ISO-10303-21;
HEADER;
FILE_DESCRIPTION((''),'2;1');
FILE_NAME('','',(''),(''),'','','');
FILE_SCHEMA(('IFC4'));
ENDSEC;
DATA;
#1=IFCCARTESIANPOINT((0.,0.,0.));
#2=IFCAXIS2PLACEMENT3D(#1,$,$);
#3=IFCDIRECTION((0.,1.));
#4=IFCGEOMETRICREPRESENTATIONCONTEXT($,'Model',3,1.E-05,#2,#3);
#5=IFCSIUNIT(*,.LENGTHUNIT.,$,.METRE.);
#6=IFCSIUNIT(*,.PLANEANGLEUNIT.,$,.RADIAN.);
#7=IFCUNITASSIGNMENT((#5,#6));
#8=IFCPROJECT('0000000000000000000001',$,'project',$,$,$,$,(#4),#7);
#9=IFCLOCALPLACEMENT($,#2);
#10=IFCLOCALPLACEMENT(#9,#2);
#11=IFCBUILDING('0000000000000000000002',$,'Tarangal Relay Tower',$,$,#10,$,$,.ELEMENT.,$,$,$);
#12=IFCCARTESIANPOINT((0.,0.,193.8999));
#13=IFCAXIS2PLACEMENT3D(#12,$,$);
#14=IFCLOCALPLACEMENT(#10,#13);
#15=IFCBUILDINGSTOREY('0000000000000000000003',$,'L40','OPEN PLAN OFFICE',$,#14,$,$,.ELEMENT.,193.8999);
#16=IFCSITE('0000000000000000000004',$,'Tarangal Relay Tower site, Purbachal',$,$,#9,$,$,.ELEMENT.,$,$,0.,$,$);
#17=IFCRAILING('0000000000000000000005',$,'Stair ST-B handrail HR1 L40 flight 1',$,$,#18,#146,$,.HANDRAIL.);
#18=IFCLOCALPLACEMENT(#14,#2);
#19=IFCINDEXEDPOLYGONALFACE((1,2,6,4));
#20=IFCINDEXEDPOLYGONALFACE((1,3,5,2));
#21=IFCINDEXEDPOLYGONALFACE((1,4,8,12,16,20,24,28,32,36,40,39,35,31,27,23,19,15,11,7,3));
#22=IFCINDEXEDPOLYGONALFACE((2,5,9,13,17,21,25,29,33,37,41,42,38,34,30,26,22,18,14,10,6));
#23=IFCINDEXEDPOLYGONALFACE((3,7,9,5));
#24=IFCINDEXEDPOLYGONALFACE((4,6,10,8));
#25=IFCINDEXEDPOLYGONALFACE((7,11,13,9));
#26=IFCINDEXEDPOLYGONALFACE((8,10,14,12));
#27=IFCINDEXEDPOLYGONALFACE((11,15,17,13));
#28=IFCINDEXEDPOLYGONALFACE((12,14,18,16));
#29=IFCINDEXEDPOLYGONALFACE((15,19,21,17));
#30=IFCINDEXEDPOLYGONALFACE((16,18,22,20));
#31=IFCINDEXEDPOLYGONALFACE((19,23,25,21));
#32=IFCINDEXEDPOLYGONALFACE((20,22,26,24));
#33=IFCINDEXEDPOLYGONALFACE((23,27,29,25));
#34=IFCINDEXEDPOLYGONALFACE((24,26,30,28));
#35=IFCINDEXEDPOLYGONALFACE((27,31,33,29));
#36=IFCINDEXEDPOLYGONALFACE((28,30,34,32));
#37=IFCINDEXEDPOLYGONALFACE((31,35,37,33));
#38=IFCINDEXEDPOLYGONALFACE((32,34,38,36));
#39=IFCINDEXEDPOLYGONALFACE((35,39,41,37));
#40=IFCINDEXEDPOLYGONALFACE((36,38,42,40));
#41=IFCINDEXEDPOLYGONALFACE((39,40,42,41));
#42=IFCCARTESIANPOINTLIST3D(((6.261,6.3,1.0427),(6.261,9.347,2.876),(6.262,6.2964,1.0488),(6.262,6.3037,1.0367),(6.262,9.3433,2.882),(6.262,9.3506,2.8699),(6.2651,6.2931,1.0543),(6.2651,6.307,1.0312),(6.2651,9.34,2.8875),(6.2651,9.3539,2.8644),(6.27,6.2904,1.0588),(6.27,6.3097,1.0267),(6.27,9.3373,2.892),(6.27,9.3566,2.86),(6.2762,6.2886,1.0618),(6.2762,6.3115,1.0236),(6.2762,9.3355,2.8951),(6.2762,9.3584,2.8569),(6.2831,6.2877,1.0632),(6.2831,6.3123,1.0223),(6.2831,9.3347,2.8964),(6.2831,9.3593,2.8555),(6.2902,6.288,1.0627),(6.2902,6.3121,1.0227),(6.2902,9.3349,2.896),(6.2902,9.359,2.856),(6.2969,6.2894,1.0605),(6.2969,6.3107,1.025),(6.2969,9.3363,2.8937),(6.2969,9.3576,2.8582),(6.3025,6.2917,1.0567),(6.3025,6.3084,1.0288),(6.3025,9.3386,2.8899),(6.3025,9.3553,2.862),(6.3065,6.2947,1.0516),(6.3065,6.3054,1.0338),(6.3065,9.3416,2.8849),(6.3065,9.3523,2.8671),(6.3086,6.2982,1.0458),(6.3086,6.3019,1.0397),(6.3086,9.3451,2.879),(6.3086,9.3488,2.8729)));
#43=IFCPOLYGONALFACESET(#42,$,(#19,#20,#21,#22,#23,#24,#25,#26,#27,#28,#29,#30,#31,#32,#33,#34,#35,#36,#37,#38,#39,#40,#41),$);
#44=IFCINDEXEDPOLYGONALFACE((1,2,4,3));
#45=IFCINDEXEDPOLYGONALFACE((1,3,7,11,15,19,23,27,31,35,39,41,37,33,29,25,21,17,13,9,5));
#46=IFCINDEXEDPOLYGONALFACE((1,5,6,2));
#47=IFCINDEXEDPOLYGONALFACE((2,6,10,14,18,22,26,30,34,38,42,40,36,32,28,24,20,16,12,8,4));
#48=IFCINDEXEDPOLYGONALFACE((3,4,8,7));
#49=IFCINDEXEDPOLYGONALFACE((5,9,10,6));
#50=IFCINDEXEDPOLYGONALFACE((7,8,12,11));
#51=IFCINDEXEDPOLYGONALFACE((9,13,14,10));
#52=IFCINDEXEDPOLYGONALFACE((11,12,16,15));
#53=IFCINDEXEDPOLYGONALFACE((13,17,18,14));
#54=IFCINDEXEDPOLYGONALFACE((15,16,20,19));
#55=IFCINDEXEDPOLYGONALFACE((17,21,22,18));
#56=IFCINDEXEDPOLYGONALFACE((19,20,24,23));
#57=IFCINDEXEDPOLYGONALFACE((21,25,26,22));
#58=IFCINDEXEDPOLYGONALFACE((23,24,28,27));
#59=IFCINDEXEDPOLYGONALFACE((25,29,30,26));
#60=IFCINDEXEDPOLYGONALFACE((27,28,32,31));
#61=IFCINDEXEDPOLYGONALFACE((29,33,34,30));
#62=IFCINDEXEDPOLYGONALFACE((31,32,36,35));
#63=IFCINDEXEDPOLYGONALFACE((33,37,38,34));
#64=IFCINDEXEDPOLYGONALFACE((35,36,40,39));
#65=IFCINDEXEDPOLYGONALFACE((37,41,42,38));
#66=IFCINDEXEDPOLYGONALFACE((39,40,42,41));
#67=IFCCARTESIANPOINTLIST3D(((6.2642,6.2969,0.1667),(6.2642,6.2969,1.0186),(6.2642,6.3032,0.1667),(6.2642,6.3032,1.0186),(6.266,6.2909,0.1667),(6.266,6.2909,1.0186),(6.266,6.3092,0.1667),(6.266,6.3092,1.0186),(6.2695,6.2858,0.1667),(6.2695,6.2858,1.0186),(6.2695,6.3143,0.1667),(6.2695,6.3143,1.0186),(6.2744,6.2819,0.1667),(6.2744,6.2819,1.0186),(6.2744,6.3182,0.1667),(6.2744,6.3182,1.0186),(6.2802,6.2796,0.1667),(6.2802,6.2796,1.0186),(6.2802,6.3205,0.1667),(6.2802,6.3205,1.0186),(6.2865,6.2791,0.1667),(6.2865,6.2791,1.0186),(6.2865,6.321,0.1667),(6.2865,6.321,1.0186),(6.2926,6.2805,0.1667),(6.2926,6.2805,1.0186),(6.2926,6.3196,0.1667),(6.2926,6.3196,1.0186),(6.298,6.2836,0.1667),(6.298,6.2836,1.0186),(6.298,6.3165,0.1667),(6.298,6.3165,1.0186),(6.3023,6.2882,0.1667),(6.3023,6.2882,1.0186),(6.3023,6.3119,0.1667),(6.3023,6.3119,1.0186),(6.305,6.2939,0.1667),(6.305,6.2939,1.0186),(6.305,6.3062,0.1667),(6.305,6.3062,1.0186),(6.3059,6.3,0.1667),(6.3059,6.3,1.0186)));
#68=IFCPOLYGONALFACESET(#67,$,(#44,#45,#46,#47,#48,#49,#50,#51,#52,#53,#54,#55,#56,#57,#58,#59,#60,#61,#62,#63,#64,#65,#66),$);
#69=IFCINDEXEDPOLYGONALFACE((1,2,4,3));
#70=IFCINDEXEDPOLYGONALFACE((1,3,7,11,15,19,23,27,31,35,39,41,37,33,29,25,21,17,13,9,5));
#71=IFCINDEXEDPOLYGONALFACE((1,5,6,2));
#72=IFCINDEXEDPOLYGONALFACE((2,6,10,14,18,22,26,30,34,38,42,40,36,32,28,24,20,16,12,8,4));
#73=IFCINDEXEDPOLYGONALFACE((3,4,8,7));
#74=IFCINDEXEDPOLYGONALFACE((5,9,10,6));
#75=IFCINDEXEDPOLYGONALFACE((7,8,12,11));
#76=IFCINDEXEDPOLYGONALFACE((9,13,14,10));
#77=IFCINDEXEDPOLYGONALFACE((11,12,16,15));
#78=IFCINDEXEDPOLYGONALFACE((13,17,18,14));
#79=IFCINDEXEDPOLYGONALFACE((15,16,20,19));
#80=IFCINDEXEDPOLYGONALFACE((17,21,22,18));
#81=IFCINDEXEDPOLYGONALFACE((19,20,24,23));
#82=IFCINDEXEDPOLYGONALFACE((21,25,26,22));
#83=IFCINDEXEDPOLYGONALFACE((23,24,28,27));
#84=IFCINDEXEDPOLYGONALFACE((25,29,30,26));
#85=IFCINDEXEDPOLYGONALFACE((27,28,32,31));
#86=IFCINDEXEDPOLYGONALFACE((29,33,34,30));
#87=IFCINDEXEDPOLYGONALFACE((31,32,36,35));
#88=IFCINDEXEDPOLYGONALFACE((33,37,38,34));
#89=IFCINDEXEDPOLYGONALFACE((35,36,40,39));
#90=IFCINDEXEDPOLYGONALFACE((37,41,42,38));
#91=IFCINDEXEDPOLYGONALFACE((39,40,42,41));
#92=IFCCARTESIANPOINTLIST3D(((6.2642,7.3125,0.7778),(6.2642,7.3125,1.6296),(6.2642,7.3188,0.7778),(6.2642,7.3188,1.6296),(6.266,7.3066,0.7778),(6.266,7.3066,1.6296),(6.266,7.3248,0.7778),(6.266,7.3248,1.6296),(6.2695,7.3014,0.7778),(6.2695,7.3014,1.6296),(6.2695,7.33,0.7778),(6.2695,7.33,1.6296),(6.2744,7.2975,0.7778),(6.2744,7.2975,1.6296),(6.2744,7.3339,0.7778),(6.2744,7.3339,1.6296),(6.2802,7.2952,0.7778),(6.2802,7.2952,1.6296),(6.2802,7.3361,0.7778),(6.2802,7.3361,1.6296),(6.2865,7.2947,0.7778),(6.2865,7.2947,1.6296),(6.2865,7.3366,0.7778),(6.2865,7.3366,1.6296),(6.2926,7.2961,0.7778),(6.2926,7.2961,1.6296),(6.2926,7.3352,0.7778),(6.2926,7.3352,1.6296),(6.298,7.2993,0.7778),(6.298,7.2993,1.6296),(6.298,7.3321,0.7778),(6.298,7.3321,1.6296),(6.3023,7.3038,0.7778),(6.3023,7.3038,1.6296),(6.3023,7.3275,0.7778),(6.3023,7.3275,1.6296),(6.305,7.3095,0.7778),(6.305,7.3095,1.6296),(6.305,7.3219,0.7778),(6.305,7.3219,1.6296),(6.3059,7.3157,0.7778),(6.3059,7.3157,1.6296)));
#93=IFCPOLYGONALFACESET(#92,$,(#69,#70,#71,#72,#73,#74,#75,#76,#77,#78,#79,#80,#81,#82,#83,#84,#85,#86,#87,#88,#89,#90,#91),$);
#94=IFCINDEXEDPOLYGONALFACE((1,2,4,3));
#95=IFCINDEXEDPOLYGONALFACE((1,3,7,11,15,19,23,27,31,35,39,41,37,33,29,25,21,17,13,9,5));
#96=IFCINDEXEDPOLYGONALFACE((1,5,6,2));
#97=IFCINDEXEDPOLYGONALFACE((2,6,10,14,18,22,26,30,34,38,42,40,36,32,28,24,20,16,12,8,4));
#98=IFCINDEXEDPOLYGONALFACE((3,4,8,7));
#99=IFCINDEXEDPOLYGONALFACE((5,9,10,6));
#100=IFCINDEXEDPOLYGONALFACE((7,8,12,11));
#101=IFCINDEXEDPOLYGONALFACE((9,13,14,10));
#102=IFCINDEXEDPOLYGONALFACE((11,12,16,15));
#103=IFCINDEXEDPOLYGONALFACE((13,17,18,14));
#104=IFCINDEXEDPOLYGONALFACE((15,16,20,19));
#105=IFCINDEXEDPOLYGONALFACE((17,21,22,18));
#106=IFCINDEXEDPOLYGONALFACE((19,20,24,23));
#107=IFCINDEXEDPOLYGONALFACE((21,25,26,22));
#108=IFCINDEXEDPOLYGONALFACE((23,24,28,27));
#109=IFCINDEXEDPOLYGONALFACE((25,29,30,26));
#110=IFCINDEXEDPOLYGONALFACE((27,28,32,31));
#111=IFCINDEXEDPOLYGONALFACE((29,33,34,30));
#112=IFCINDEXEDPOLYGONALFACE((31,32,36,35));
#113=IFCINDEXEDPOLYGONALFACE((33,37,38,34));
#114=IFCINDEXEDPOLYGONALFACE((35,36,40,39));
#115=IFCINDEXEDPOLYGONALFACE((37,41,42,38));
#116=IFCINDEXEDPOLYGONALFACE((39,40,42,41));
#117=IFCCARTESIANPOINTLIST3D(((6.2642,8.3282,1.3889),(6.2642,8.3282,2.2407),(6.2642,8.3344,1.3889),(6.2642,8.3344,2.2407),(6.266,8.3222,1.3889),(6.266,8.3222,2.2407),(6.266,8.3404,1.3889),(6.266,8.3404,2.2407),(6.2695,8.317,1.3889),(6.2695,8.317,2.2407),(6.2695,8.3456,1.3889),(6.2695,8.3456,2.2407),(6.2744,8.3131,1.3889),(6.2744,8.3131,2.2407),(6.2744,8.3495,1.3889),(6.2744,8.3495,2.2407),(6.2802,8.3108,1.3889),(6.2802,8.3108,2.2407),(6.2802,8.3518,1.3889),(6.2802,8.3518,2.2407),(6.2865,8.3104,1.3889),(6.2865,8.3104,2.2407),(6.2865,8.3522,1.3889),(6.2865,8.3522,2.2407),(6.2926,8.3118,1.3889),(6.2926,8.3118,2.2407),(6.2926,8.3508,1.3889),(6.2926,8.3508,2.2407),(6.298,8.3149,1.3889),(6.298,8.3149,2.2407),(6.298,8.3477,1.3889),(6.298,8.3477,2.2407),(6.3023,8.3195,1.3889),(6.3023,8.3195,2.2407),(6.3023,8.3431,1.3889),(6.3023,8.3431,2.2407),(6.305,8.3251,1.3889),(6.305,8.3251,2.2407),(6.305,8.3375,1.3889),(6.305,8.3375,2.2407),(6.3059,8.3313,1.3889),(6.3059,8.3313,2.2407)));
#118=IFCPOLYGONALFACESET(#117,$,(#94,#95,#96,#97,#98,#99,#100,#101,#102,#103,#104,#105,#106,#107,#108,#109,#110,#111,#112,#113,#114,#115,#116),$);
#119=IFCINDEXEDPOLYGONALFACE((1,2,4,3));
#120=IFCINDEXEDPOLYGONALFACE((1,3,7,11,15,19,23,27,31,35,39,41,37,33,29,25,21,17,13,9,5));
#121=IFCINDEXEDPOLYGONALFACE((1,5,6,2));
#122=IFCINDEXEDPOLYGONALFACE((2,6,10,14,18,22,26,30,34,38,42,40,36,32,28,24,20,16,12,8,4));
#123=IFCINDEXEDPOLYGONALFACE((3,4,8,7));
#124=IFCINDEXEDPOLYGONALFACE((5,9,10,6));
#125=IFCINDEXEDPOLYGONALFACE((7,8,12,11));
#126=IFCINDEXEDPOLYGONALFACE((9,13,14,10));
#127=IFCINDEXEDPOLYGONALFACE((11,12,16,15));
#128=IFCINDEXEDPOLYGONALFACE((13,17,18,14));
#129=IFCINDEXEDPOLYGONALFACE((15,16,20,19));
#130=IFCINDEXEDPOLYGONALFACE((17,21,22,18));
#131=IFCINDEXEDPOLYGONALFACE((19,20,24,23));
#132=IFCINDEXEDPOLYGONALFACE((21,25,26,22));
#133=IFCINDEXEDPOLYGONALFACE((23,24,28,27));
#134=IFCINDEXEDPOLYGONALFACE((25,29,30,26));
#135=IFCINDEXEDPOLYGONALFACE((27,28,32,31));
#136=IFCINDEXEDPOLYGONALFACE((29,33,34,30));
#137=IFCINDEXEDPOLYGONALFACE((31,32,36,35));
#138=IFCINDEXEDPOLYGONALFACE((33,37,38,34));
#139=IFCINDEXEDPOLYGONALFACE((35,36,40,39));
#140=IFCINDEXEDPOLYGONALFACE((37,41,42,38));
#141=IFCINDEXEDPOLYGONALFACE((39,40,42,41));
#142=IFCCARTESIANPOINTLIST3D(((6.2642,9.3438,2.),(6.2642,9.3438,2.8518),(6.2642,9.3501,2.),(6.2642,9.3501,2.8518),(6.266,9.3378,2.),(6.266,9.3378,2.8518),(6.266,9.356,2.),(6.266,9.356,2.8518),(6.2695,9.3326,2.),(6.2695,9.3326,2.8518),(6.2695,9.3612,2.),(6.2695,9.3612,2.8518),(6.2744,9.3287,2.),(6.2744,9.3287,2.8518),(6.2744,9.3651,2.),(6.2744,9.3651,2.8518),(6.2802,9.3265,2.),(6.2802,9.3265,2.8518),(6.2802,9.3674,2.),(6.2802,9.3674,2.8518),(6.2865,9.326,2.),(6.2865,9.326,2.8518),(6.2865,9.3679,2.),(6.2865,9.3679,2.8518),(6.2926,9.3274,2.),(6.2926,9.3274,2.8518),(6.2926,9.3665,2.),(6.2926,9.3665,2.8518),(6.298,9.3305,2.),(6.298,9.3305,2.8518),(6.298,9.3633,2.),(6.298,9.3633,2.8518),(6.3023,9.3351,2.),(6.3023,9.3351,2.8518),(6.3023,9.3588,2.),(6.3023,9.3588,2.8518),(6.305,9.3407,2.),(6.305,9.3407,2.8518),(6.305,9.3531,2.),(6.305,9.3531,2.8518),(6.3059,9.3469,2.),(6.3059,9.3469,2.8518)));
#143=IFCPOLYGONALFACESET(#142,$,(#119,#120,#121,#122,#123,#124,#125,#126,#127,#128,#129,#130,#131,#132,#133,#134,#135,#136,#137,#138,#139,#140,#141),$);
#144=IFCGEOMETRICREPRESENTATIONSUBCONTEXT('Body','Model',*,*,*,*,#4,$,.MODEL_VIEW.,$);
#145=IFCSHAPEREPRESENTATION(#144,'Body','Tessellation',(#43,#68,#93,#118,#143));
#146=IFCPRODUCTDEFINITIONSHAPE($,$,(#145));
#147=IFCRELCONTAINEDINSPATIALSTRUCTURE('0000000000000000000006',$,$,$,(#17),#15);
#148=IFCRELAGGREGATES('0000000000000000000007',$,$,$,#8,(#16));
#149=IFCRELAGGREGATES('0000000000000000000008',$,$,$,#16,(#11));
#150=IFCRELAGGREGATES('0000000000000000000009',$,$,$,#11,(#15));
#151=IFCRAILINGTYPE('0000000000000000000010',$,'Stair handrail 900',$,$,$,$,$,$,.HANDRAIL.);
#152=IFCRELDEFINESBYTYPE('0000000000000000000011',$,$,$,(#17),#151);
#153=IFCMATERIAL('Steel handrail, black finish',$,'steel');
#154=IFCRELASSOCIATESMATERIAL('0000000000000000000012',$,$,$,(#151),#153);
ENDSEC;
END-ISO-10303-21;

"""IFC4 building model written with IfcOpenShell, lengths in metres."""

from ifc_helpers import new_model, si_unit, direction, frame, origin, origin_2d, place, context, subcontext, project, spatial, circle, extrude, material, type_object, element, save


model = new_model("IFC4")

# Units and contexts
model_context = context("Model", 3, precision=1e-05, world=origin(), true_north=direction((0.0, 1.0)))
body_context = subcontext(model_context, "Body", "Model", "MODEL_VIEW")
ifc_project = project(units=[si_unit("LENGTHUNIT", "METRE"), si_unit("PLANEANGLEUNIT", "RADIAN")], contexts=[model_context])

# Site, building, storey
site_placement = place(None, origin())
site = spatial("IfcSite", under=ifc_project, at=site_placement, Name="Tarangal Relay Tower site, Purbachal", CompositionType="ELEMENT", RefElevation=0.0)
building_placement = place(site_placement, origin())
building = spatial("IfcBuilding", under=site, at=building_placement, Name="Tarangal Relay Tower", CompositionType="ELEMENT")
storey_placement = place(building_placement, frame((0.0, 0.0, 193.8999)))
storey = spatial("IfcBuildingStorey", under=building, at=storey_placement, Name="L40", Description="OPEN PLAN OFFICE", CompositionType="ELEMENT", Elevation=193.8999)

# Railing
ifc_material_1 = material(Name="Steel handrail, black finish", Category="steel")
railing_type_1 = type_object("IfcRailingType", Name="Stair handrail 900", PredefinedType="HANDRAIL", material=ifc_material_1)
railing_1_placement = place(storey_placement, frame((6.2849, 6.3, 0.1667)))
element("IfcRailing", 1, at=railing_1_placement, inside=storey, type_object=railing_type_1, Name="Stair ST-B handrail HR1 L40 flight 1", PredefinedType="HANDRAIL", context=body_context, shape_type="SweptSolid", body=[
    extrude(circle(Radius=0.0239, at=origin_2d()), frame((0.0, 0.0, 0.876), z_axis=(0.0, 0.856856, 0.515556), x_axis=(-1.0, 0.0, 0.0)), (0.0, 0.0, 1.0), 3.5559),
    extrude(circle(Radius=0.021, at=origin_2d()), origin(), (0.0, 0.0, 1.0), 0.8518),
    extrude(circle(Radius=0.021, at=origin_2d()), frame((0.0, 1.0156, 0.6111)), (0.0, 0.0, 1.0), 0.8518),
    extrude(circle(Radius=0.021, at=origin_2d()), frame((0.0, 2.0312, 1.2222)), (0.0, 0.0, 1.0), 0.8518),
    extrude(circle(Radius=0.021, at=origin_2d()), frame((0.0, 3.0469, 1.8333)), (0.0, 0.0, 1.0), 0.8518),
])

save(model, "model.ifc")
